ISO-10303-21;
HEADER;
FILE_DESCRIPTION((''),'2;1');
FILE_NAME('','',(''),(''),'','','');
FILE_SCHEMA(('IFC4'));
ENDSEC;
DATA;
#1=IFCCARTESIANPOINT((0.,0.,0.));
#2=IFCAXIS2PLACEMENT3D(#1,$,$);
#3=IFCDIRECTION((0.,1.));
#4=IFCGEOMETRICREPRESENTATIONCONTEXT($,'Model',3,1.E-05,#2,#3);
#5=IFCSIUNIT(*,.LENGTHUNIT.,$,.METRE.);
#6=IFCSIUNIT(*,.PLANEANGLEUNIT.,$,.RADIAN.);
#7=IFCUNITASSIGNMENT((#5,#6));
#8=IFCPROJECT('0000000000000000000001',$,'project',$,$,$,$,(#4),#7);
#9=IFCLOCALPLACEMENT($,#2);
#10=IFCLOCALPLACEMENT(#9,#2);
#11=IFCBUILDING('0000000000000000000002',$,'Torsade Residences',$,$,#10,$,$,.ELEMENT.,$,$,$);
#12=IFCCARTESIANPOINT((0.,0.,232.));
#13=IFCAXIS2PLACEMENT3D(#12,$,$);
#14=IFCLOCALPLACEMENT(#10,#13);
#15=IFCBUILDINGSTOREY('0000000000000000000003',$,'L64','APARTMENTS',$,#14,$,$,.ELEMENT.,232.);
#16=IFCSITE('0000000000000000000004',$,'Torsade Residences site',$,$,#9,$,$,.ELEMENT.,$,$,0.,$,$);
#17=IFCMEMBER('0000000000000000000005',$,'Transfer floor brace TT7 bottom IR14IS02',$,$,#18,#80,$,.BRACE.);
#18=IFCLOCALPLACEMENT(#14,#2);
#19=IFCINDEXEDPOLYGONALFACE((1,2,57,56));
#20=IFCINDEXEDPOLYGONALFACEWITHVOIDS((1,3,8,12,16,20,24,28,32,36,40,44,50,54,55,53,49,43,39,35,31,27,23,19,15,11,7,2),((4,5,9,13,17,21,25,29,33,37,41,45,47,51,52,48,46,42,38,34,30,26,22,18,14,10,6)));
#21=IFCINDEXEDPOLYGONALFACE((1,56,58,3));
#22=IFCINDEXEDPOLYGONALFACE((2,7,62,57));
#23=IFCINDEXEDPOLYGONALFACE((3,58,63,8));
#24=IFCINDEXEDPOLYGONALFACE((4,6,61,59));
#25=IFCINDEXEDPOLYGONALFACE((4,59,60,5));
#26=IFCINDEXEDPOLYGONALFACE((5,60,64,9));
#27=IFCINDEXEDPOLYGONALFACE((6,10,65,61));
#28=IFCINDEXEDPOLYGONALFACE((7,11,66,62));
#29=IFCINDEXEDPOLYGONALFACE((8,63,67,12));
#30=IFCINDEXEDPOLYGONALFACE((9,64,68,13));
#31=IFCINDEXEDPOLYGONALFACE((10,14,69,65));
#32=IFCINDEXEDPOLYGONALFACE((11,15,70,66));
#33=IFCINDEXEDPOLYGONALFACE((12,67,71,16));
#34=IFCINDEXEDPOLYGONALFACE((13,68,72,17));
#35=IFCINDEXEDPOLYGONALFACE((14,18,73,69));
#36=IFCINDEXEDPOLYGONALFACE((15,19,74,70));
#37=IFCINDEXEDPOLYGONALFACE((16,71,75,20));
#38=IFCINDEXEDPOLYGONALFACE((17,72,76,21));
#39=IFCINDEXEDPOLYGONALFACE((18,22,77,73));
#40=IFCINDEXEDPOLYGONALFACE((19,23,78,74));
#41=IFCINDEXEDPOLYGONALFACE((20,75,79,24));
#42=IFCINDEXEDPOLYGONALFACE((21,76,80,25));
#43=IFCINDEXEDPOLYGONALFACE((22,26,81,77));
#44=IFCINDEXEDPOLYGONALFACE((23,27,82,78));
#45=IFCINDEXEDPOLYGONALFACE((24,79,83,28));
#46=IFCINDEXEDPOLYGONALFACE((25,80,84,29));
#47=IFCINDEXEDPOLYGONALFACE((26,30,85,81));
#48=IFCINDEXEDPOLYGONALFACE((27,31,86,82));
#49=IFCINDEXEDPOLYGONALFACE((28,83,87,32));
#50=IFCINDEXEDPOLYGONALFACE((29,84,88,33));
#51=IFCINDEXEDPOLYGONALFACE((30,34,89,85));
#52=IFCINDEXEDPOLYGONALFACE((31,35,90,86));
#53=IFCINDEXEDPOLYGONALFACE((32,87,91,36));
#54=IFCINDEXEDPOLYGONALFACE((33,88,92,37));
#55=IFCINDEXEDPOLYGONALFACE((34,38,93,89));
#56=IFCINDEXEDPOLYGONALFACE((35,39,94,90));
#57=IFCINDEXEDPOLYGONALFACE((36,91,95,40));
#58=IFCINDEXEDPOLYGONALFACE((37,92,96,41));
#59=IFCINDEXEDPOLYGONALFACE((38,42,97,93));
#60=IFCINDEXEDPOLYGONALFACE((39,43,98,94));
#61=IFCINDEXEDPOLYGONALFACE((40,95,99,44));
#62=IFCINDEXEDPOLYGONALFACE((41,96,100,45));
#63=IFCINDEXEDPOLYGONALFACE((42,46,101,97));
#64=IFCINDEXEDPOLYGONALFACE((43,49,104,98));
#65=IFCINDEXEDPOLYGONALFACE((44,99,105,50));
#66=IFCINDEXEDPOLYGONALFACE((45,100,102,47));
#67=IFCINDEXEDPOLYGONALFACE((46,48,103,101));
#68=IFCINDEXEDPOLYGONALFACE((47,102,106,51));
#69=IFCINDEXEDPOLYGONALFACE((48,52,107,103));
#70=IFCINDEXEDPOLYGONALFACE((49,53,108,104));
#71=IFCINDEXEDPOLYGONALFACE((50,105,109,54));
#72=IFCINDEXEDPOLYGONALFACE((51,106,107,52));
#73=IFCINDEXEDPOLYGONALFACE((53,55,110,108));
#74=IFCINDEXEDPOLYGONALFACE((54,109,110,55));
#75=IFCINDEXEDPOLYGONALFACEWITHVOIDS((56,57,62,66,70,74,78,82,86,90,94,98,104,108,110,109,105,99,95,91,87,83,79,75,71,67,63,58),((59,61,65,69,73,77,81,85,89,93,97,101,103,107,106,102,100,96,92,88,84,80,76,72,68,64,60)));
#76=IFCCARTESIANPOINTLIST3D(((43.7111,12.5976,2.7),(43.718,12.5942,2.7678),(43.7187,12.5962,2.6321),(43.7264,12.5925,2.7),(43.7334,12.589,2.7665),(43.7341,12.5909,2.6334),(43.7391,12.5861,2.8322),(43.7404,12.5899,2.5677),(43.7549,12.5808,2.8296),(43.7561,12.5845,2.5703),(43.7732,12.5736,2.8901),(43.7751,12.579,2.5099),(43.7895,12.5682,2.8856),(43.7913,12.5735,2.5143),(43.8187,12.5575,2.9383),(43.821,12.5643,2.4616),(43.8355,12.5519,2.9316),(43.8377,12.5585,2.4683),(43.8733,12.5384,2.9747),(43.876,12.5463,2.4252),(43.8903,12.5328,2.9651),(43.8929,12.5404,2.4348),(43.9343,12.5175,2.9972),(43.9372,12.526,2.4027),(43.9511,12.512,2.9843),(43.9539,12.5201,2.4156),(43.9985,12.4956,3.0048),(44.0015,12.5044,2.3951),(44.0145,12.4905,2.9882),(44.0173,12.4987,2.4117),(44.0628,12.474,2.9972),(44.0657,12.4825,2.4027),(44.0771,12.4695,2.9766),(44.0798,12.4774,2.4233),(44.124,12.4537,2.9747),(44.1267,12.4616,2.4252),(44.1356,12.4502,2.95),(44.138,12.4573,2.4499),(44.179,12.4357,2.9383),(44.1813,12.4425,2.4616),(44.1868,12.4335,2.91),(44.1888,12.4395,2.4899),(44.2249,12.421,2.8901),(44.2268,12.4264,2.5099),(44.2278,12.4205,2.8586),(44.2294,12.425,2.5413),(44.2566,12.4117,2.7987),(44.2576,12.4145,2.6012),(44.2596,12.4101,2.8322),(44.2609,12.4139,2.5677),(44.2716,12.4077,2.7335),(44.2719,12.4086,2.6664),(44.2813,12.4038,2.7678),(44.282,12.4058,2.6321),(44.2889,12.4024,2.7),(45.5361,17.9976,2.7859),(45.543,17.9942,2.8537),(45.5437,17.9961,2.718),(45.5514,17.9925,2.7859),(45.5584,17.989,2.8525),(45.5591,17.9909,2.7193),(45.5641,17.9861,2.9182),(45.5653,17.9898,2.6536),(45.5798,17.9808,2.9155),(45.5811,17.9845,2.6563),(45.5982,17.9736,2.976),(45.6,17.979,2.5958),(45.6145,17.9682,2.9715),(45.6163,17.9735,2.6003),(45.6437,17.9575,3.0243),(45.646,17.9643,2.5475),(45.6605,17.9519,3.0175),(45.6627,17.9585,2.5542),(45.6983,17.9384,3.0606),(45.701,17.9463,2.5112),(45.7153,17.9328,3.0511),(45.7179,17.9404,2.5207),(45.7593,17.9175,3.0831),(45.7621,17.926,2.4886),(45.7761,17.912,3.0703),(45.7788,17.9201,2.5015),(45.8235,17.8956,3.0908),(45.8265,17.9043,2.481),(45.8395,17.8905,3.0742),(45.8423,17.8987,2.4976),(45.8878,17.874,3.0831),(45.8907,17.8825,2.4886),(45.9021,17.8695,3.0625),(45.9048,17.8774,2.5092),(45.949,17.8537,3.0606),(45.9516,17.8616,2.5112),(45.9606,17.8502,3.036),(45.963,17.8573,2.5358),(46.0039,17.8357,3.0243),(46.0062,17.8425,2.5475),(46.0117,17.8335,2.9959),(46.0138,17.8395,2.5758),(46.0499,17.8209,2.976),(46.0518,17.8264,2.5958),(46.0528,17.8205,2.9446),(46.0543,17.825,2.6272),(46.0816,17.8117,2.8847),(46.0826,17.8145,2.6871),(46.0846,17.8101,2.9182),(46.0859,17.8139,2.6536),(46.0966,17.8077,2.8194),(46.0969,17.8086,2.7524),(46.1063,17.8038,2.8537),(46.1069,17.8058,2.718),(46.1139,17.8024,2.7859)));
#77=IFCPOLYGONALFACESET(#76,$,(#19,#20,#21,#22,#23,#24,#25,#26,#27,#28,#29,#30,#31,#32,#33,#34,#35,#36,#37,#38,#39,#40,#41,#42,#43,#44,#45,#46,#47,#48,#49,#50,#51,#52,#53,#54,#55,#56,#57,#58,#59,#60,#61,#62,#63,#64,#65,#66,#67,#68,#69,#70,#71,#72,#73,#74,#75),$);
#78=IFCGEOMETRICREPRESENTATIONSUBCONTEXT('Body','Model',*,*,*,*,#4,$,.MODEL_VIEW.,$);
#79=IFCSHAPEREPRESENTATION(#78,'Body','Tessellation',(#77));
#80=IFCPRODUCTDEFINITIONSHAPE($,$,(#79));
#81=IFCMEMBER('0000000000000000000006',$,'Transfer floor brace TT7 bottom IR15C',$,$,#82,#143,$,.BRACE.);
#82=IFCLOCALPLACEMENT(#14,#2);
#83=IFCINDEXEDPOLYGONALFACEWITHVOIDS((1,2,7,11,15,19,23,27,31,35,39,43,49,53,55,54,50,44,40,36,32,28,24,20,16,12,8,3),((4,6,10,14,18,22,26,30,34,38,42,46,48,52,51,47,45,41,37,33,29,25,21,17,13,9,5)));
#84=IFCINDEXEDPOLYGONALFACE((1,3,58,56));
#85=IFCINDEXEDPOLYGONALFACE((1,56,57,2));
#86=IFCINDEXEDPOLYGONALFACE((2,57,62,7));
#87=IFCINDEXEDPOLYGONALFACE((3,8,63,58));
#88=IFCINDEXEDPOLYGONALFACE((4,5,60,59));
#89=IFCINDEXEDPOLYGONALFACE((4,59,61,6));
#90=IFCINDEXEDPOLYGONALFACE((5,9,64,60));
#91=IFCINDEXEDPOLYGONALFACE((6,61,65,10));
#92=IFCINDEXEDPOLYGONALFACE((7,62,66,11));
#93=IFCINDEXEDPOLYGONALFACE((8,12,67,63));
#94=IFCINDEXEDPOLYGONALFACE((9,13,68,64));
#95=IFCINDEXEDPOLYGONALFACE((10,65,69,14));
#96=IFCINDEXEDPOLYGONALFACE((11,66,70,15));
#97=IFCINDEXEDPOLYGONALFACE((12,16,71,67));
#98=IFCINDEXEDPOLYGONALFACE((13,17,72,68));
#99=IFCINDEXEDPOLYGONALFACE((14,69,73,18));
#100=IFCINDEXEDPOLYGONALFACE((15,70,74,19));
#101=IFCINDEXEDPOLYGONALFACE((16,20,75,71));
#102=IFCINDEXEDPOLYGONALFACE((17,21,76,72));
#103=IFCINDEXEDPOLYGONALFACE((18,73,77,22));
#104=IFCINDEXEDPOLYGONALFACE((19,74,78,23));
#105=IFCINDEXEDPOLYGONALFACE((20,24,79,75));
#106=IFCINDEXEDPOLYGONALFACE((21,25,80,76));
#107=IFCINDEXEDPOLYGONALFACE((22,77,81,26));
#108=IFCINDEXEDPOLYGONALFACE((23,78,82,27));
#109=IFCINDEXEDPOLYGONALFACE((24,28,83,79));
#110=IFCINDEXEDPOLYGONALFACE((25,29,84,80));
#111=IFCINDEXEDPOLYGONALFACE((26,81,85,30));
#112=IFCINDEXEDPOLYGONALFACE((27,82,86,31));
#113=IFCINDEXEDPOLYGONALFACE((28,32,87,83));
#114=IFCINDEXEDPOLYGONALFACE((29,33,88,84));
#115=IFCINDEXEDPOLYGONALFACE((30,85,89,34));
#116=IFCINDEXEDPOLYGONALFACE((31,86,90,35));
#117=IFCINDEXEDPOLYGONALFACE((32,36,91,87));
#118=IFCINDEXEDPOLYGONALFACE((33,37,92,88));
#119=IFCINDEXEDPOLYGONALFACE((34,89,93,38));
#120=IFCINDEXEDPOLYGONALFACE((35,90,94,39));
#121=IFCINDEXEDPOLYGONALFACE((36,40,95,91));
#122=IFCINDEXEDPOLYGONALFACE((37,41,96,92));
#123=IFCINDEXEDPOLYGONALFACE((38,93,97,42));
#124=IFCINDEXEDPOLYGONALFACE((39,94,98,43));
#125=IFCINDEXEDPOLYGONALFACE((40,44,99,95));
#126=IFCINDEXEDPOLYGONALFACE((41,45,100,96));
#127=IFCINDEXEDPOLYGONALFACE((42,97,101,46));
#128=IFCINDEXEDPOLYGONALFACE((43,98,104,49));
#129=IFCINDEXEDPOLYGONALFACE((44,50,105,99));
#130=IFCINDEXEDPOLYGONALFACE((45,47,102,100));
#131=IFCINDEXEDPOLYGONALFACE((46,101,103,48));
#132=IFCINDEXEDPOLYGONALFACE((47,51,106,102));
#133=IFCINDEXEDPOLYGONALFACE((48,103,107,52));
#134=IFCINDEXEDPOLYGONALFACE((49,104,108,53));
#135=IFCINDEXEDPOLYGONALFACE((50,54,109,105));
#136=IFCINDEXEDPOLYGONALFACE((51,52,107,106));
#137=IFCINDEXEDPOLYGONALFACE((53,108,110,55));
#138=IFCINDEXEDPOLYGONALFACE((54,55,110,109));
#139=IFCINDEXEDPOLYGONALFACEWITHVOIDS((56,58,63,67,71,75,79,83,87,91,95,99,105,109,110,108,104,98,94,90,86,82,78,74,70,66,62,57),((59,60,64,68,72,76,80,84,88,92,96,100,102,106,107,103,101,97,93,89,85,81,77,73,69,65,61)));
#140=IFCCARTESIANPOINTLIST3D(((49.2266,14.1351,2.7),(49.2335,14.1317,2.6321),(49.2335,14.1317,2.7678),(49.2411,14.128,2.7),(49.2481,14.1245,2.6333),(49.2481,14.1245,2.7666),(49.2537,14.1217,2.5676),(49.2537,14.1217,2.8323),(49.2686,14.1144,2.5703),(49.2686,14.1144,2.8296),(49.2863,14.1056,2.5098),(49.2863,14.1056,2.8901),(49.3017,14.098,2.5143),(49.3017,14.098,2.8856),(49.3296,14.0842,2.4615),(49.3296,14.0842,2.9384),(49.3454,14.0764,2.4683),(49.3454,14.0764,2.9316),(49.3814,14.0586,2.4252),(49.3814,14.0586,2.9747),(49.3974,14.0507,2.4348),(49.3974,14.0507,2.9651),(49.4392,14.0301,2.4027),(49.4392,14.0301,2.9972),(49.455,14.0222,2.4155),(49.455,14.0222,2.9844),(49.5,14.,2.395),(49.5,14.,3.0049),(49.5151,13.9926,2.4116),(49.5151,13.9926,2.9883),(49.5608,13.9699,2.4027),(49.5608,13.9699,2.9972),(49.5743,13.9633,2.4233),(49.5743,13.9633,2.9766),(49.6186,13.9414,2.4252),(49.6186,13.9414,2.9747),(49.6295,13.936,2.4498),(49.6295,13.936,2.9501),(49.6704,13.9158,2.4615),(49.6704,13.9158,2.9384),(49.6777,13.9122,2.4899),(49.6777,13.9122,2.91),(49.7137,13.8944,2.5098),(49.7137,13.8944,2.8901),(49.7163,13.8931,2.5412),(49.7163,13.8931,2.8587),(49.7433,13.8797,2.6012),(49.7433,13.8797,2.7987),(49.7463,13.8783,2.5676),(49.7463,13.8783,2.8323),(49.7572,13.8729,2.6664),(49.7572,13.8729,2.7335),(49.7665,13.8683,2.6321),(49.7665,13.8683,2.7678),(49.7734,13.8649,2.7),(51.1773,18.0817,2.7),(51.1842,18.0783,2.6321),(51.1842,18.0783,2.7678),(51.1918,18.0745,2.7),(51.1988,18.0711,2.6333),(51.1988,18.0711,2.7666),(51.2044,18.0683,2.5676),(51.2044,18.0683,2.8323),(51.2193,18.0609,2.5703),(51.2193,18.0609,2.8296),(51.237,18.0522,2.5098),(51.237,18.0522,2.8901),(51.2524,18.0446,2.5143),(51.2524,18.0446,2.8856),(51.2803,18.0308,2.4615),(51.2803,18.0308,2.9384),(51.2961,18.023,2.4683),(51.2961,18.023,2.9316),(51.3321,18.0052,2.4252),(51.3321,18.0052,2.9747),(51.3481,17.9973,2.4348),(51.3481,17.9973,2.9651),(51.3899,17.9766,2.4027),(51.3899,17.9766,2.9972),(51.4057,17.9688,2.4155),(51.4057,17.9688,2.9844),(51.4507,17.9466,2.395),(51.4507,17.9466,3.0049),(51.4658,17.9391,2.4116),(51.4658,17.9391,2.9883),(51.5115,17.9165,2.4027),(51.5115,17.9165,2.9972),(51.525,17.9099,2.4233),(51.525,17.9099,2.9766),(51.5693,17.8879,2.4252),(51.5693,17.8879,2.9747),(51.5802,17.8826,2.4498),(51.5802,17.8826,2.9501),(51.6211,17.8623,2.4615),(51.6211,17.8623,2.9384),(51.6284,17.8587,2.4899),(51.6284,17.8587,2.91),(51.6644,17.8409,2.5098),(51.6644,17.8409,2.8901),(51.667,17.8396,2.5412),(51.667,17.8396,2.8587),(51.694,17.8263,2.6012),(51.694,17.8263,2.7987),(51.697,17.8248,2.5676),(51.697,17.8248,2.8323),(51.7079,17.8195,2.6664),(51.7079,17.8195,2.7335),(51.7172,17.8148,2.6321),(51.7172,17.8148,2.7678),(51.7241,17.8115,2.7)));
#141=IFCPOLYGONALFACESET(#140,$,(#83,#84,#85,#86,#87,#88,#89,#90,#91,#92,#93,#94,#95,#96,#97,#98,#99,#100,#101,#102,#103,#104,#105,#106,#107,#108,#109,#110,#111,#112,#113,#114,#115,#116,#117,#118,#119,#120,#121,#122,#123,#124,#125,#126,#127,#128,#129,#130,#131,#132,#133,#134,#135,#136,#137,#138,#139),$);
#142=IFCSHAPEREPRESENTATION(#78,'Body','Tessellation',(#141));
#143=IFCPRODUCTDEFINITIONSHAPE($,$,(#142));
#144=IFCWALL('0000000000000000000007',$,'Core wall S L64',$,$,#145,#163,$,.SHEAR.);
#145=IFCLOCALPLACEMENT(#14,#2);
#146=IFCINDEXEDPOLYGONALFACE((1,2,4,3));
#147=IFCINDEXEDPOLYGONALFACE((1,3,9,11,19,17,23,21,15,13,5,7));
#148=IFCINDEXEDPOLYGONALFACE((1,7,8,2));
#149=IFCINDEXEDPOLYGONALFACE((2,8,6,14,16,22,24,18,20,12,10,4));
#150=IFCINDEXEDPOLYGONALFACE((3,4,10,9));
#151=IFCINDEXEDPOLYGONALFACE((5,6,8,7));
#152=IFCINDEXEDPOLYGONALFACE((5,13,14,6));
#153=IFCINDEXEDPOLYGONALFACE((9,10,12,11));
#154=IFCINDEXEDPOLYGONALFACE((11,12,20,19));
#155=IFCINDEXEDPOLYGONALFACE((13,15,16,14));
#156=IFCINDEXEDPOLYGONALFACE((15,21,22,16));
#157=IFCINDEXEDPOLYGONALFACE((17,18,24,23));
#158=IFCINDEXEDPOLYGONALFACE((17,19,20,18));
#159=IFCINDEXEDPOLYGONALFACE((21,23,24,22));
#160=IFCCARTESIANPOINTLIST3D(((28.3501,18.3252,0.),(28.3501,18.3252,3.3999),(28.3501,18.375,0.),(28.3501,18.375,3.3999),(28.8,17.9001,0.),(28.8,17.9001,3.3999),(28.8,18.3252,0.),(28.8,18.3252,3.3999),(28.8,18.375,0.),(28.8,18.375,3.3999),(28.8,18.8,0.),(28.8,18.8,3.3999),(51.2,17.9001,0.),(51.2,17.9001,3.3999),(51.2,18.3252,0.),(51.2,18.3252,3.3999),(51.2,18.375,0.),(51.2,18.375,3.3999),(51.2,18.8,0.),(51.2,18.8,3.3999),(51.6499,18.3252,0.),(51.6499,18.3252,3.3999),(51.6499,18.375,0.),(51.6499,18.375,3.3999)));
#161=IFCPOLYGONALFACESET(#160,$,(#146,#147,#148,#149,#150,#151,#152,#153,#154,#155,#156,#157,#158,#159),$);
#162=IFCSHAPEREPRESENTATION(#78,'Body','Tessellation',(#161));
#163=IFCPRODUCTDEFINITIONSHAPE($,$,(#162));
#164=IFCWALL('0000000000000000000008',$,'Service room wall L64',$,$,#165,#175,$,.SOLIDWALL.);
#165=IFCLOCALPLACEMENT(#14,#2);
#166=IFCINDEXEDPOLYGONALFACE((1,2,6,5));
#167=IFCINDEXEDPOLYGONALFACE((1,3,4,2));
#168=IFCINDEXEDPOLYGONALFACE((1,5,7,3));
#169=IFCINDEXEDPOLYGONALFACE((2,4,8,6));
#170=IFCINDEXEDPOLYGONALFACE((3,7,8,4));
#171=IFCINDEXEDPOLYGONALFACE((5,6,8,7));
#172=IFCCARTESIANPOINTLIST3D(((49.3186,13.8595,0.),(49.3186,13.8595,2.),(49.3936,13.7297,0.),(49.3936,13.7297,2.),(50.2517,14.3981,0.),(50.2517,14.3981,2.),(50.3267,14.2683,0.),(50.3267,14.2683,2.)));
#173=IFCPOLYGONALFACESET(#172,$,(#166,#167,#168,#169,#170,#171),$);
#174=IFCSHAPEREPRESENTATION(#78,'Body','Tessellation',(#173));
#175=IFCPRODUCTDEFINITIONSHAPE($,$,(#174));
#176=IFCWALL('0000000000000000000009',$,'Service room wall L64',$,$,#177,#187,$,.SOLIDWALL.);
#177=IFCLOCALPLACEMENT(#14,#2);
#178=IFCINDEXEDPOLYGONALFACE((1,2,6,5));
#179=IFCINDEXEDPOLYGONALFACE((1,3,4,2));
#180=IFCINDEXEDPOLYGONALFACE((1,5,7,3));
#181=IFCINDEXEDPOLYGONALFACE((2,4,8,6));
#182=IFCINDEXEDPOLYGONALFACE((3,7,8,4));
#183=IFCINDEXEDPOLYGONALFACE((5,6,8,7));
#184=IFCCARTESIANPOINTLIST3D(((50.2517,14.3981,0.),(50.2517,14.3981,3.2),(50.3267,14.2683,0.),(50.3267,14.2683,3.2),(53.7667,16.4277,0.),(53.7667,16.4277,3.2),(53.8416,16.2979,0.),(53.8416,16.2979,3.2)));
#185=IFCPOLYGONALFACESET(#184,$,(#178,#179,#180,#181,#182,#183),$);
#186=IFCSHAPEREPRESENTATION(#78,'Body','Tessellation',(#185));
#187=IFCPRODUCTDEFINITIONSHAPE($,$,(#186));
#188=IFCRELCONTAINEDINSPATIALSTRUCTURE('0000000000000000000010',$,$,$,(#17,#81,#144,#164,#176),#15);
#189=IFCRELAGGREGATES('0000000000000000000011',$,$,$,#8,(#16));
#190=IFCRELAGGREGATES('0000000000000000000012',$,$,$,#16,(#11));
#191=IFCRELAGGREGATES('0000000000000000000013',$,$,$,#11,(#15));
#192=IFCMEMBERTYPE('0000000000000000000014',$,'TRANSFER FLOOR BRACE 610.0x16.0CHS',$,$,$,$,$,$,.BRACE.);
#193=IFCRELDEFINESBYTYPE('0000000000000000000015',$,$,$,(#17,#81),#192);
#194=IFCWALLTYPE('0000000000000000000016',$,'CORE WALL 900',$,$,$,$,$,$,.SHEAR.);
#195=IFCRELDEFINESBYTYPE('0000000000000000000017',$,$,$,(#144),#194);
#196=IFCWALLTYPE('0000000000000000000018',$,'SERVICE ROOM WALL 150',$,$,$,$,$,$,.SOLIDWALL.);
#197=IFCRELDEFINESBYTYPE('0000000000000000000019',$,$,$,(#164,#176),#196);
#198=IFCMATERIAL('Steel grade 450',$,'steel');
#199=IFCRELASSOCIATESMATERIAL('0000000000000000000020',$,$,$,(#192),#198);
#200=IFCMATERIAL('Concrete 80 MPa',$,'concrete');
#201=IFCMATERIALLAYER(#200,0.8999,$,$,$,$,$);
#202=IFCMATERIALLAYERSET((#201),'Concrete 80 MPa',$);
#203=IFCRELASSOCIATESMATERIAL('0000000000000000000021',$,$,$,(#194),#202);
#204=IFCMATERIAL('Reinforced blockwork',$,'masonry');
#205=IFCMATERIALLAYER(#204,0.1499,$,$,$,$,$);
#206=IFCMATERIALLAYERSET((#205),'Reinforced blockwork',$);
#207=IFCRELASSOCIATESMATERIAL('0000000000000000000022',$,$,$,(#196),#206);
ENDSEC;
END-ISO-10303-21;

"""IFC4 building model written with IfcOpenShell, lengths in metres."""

from ifc_helpers import new_model, si_unit, direction, frame, frame_2d, origin, origin_2d, place, context, subcontext, project, spatial, polyline, rectangle, hollow_circle, outline, extrude, material, layer, layer_set, material_profile, profile_set, type_object, element, save


model = new_model("IFC4")

# Units and contexts
model_context = context("Model", 3, precision=1e-05, world=origin(), true_north=direction((0.0, 1.0)))
body_context = subcontext(model_context, "Body", "Model", "MODEL_VIEW")
ifc_project = project(units=[si_unit("LENGTHUNIT", "METRE"), si_unit("PLANEANGLEUNIT", "RADIAN")], contexts=[model_context])

# Site, building, storey
site_placement = place(None, origin())
site = spatial("IfcSite", under=ifc_project, at=site_placement, Name="Torsade Residences site", CompositionType="ELEMENT", RefElevation=0.0)
building_placement = place(site_placement, origin())
building = spatial("IfcBuilding", under=site, at=building_placement, Name="Torsade Residences", CompositionType="ELEMENT")
storey_placement = place(building_placement, frame((0.0, 0.0, 232.0)))
storey = spatial("IfcBuildingStorey", under=building, at=storey_placement, Name="L64", Description="APARTMENTS", CompositionType="ELEMENT", Elevation=232.0)

# Members
ifc_material_1 = material(Name="Steel grade 450", Category="steel")
ifc_material_profile_1 = material_profile(ifc_material_1, hollow_circle(Radius=0.3049, WallThickness=0.0161, at=origin_2d()), Name="610.0x16.0CHS")
ifc_profile_set_1 = profile_set([ifc_material_profile_1], Name="Steel grade 450")
member_type = type_object("IfcMemberType", Name="TRANSFER FLOOR BRACE 610.0x16.0CHS", PredefinedType="BRACE", material=ifc_profile_set_1)
member_1_placement = place(storey_placement, frame((44.0, 12.5, 2.7), z_axis=(0.320133, 0.947252, 0.015075), x_axis=(-0.94736, 0.32017, 0.0)))
element("IfcMember", 1, at=member_1_placement, inside=storey, type_object=member_type, Name="Transfer floor brace TT7 bottom IR14IS02", PredefinedType="BRACE", context=body_context, shape_type="SweptSolid", body=[
    extrude(hollow_circle(Radius=0.3049, WallThickness=0.0161, at=origin_2d()), origin(), (0.0, 0.0, 1.0), 5.7007),
])
member_2_placement = place(storey_placement, frame((49.5, 14.0, 2.7), z_axis=(0.443105, 0.89647, 0.0), x_axis=(-0.89647, 0.443105, 0.0)))
element("IfcMember", 2, at=member_2_placement, inside=storey, type_object=member_type, Name="Transfer floor brace TT7 bottom IR15C", PredefinedType="BRACE", context=body_context, shape_type="SweptSolid", body=[
    extrude(hollow_circle(Radius=0.3049, WallThickness=0.0161, at=origin_2d()), origin(), (0.0, 0.0, 1.0), 4.4023),
])

# Walls
ifc_material_2 = material(Name="Concrete 80 MPa", Category="concrete")
ifc_layer_1 = layer(ifc_material_2, 0.8999)
ifc_layer_set_1 = layer_set([ifc_layer_1], Name="Concrete 80 MPa")
wall_type_1 = type_object("IfcWallType", Name="CORE WALL 900", PredefinedType="SHEAR", material=ifc_layer_set_1)
wall_1_placement = place(storey_placement, frame((51.2, 18.3501, 0.0), z_axis=(0.0, 0.0, 1.0), x_axis=(-1.0, 0.0, 0.0)))
element("IfcWall", 3, at=wall_1_placement, inside=storey, type_object=wall_type_1, Name="Core wall S L64", PredefinedType="SHEAR", context=body_context, shape_type="SweptSolid", body=[
    extrude(outline(polyline([(0.0, -0.45), (22.3999, -0.45), (22.3999, -0.0249), (22.8499, -0.0249), (22.8499, 0.0249), (22.3999, 0.0249), (22.3999, 0.45), (0.0, 0.45), (0.0, 0.0249), (-0.45, 0.0249), (-0.45, -0.0249), (0.0, -0.0249), (0.0, -0.45)])), origin(), (0.0, 0.0, 1.0), 3.3999),
])
ifc_material_3 = material(Name="Reinforced blockwork", Category="masonry")
ifc_layer_2 = layer(ifc_material_3, 0.1499)
ifc_layer_set_2 = layer_set([ifc_layer_2], Name="Reinforced blockwork")
wall_type_2 = type_object("IfcWallType", Name="SERVICE ROOM WALL 150", PredefinedType="SOLIDWALL", material=ifc_layer_set_2)
wall_2_placement = place(storey_placement, frame((49.3562, 13.7947, 0.0), z_axis=(0.0, 0.0, 1.0), x_axis=(0.866087, 0.499892, 0.0)))
element("IfcWall", 4, at=wall_2_placement, inside=storey, type_object=wall_type_2, Name="Service room wall L64", PredefinedType="SOLIDWALL", context=body_context, shape_type="SweptSolid", body=[
    extrude(rectangle(XDim=1.0774, YDim=0.1499, at=frame_2d((0.5386, 0.0))), origin(), (0.0, 0.0, 1.0), 2.0),
])
wall_3_placement = place(storey_placement, frame((50.2893, 14.3333, 0.0), z_axis=(0.0, 0.0, 1.0), x_axis=(0.866002, 0.50004, 0.0)))
element("IfcWall", 5, at=wall_3_placement, inside=storey, type_object=wall_type_2, Name="Service room wall L64", PredefinedType="SOLIDWALL", context=body_context, shape_type="SweptSolid", body=[
    extrude(rectangle(XDim=4.0588, YDim=0.1499, at=frame_2d((2.0293, 0.0))), origin(), (0.0, 0.0, 1.0), 3.2),
])

save(model, "model.ifc")
